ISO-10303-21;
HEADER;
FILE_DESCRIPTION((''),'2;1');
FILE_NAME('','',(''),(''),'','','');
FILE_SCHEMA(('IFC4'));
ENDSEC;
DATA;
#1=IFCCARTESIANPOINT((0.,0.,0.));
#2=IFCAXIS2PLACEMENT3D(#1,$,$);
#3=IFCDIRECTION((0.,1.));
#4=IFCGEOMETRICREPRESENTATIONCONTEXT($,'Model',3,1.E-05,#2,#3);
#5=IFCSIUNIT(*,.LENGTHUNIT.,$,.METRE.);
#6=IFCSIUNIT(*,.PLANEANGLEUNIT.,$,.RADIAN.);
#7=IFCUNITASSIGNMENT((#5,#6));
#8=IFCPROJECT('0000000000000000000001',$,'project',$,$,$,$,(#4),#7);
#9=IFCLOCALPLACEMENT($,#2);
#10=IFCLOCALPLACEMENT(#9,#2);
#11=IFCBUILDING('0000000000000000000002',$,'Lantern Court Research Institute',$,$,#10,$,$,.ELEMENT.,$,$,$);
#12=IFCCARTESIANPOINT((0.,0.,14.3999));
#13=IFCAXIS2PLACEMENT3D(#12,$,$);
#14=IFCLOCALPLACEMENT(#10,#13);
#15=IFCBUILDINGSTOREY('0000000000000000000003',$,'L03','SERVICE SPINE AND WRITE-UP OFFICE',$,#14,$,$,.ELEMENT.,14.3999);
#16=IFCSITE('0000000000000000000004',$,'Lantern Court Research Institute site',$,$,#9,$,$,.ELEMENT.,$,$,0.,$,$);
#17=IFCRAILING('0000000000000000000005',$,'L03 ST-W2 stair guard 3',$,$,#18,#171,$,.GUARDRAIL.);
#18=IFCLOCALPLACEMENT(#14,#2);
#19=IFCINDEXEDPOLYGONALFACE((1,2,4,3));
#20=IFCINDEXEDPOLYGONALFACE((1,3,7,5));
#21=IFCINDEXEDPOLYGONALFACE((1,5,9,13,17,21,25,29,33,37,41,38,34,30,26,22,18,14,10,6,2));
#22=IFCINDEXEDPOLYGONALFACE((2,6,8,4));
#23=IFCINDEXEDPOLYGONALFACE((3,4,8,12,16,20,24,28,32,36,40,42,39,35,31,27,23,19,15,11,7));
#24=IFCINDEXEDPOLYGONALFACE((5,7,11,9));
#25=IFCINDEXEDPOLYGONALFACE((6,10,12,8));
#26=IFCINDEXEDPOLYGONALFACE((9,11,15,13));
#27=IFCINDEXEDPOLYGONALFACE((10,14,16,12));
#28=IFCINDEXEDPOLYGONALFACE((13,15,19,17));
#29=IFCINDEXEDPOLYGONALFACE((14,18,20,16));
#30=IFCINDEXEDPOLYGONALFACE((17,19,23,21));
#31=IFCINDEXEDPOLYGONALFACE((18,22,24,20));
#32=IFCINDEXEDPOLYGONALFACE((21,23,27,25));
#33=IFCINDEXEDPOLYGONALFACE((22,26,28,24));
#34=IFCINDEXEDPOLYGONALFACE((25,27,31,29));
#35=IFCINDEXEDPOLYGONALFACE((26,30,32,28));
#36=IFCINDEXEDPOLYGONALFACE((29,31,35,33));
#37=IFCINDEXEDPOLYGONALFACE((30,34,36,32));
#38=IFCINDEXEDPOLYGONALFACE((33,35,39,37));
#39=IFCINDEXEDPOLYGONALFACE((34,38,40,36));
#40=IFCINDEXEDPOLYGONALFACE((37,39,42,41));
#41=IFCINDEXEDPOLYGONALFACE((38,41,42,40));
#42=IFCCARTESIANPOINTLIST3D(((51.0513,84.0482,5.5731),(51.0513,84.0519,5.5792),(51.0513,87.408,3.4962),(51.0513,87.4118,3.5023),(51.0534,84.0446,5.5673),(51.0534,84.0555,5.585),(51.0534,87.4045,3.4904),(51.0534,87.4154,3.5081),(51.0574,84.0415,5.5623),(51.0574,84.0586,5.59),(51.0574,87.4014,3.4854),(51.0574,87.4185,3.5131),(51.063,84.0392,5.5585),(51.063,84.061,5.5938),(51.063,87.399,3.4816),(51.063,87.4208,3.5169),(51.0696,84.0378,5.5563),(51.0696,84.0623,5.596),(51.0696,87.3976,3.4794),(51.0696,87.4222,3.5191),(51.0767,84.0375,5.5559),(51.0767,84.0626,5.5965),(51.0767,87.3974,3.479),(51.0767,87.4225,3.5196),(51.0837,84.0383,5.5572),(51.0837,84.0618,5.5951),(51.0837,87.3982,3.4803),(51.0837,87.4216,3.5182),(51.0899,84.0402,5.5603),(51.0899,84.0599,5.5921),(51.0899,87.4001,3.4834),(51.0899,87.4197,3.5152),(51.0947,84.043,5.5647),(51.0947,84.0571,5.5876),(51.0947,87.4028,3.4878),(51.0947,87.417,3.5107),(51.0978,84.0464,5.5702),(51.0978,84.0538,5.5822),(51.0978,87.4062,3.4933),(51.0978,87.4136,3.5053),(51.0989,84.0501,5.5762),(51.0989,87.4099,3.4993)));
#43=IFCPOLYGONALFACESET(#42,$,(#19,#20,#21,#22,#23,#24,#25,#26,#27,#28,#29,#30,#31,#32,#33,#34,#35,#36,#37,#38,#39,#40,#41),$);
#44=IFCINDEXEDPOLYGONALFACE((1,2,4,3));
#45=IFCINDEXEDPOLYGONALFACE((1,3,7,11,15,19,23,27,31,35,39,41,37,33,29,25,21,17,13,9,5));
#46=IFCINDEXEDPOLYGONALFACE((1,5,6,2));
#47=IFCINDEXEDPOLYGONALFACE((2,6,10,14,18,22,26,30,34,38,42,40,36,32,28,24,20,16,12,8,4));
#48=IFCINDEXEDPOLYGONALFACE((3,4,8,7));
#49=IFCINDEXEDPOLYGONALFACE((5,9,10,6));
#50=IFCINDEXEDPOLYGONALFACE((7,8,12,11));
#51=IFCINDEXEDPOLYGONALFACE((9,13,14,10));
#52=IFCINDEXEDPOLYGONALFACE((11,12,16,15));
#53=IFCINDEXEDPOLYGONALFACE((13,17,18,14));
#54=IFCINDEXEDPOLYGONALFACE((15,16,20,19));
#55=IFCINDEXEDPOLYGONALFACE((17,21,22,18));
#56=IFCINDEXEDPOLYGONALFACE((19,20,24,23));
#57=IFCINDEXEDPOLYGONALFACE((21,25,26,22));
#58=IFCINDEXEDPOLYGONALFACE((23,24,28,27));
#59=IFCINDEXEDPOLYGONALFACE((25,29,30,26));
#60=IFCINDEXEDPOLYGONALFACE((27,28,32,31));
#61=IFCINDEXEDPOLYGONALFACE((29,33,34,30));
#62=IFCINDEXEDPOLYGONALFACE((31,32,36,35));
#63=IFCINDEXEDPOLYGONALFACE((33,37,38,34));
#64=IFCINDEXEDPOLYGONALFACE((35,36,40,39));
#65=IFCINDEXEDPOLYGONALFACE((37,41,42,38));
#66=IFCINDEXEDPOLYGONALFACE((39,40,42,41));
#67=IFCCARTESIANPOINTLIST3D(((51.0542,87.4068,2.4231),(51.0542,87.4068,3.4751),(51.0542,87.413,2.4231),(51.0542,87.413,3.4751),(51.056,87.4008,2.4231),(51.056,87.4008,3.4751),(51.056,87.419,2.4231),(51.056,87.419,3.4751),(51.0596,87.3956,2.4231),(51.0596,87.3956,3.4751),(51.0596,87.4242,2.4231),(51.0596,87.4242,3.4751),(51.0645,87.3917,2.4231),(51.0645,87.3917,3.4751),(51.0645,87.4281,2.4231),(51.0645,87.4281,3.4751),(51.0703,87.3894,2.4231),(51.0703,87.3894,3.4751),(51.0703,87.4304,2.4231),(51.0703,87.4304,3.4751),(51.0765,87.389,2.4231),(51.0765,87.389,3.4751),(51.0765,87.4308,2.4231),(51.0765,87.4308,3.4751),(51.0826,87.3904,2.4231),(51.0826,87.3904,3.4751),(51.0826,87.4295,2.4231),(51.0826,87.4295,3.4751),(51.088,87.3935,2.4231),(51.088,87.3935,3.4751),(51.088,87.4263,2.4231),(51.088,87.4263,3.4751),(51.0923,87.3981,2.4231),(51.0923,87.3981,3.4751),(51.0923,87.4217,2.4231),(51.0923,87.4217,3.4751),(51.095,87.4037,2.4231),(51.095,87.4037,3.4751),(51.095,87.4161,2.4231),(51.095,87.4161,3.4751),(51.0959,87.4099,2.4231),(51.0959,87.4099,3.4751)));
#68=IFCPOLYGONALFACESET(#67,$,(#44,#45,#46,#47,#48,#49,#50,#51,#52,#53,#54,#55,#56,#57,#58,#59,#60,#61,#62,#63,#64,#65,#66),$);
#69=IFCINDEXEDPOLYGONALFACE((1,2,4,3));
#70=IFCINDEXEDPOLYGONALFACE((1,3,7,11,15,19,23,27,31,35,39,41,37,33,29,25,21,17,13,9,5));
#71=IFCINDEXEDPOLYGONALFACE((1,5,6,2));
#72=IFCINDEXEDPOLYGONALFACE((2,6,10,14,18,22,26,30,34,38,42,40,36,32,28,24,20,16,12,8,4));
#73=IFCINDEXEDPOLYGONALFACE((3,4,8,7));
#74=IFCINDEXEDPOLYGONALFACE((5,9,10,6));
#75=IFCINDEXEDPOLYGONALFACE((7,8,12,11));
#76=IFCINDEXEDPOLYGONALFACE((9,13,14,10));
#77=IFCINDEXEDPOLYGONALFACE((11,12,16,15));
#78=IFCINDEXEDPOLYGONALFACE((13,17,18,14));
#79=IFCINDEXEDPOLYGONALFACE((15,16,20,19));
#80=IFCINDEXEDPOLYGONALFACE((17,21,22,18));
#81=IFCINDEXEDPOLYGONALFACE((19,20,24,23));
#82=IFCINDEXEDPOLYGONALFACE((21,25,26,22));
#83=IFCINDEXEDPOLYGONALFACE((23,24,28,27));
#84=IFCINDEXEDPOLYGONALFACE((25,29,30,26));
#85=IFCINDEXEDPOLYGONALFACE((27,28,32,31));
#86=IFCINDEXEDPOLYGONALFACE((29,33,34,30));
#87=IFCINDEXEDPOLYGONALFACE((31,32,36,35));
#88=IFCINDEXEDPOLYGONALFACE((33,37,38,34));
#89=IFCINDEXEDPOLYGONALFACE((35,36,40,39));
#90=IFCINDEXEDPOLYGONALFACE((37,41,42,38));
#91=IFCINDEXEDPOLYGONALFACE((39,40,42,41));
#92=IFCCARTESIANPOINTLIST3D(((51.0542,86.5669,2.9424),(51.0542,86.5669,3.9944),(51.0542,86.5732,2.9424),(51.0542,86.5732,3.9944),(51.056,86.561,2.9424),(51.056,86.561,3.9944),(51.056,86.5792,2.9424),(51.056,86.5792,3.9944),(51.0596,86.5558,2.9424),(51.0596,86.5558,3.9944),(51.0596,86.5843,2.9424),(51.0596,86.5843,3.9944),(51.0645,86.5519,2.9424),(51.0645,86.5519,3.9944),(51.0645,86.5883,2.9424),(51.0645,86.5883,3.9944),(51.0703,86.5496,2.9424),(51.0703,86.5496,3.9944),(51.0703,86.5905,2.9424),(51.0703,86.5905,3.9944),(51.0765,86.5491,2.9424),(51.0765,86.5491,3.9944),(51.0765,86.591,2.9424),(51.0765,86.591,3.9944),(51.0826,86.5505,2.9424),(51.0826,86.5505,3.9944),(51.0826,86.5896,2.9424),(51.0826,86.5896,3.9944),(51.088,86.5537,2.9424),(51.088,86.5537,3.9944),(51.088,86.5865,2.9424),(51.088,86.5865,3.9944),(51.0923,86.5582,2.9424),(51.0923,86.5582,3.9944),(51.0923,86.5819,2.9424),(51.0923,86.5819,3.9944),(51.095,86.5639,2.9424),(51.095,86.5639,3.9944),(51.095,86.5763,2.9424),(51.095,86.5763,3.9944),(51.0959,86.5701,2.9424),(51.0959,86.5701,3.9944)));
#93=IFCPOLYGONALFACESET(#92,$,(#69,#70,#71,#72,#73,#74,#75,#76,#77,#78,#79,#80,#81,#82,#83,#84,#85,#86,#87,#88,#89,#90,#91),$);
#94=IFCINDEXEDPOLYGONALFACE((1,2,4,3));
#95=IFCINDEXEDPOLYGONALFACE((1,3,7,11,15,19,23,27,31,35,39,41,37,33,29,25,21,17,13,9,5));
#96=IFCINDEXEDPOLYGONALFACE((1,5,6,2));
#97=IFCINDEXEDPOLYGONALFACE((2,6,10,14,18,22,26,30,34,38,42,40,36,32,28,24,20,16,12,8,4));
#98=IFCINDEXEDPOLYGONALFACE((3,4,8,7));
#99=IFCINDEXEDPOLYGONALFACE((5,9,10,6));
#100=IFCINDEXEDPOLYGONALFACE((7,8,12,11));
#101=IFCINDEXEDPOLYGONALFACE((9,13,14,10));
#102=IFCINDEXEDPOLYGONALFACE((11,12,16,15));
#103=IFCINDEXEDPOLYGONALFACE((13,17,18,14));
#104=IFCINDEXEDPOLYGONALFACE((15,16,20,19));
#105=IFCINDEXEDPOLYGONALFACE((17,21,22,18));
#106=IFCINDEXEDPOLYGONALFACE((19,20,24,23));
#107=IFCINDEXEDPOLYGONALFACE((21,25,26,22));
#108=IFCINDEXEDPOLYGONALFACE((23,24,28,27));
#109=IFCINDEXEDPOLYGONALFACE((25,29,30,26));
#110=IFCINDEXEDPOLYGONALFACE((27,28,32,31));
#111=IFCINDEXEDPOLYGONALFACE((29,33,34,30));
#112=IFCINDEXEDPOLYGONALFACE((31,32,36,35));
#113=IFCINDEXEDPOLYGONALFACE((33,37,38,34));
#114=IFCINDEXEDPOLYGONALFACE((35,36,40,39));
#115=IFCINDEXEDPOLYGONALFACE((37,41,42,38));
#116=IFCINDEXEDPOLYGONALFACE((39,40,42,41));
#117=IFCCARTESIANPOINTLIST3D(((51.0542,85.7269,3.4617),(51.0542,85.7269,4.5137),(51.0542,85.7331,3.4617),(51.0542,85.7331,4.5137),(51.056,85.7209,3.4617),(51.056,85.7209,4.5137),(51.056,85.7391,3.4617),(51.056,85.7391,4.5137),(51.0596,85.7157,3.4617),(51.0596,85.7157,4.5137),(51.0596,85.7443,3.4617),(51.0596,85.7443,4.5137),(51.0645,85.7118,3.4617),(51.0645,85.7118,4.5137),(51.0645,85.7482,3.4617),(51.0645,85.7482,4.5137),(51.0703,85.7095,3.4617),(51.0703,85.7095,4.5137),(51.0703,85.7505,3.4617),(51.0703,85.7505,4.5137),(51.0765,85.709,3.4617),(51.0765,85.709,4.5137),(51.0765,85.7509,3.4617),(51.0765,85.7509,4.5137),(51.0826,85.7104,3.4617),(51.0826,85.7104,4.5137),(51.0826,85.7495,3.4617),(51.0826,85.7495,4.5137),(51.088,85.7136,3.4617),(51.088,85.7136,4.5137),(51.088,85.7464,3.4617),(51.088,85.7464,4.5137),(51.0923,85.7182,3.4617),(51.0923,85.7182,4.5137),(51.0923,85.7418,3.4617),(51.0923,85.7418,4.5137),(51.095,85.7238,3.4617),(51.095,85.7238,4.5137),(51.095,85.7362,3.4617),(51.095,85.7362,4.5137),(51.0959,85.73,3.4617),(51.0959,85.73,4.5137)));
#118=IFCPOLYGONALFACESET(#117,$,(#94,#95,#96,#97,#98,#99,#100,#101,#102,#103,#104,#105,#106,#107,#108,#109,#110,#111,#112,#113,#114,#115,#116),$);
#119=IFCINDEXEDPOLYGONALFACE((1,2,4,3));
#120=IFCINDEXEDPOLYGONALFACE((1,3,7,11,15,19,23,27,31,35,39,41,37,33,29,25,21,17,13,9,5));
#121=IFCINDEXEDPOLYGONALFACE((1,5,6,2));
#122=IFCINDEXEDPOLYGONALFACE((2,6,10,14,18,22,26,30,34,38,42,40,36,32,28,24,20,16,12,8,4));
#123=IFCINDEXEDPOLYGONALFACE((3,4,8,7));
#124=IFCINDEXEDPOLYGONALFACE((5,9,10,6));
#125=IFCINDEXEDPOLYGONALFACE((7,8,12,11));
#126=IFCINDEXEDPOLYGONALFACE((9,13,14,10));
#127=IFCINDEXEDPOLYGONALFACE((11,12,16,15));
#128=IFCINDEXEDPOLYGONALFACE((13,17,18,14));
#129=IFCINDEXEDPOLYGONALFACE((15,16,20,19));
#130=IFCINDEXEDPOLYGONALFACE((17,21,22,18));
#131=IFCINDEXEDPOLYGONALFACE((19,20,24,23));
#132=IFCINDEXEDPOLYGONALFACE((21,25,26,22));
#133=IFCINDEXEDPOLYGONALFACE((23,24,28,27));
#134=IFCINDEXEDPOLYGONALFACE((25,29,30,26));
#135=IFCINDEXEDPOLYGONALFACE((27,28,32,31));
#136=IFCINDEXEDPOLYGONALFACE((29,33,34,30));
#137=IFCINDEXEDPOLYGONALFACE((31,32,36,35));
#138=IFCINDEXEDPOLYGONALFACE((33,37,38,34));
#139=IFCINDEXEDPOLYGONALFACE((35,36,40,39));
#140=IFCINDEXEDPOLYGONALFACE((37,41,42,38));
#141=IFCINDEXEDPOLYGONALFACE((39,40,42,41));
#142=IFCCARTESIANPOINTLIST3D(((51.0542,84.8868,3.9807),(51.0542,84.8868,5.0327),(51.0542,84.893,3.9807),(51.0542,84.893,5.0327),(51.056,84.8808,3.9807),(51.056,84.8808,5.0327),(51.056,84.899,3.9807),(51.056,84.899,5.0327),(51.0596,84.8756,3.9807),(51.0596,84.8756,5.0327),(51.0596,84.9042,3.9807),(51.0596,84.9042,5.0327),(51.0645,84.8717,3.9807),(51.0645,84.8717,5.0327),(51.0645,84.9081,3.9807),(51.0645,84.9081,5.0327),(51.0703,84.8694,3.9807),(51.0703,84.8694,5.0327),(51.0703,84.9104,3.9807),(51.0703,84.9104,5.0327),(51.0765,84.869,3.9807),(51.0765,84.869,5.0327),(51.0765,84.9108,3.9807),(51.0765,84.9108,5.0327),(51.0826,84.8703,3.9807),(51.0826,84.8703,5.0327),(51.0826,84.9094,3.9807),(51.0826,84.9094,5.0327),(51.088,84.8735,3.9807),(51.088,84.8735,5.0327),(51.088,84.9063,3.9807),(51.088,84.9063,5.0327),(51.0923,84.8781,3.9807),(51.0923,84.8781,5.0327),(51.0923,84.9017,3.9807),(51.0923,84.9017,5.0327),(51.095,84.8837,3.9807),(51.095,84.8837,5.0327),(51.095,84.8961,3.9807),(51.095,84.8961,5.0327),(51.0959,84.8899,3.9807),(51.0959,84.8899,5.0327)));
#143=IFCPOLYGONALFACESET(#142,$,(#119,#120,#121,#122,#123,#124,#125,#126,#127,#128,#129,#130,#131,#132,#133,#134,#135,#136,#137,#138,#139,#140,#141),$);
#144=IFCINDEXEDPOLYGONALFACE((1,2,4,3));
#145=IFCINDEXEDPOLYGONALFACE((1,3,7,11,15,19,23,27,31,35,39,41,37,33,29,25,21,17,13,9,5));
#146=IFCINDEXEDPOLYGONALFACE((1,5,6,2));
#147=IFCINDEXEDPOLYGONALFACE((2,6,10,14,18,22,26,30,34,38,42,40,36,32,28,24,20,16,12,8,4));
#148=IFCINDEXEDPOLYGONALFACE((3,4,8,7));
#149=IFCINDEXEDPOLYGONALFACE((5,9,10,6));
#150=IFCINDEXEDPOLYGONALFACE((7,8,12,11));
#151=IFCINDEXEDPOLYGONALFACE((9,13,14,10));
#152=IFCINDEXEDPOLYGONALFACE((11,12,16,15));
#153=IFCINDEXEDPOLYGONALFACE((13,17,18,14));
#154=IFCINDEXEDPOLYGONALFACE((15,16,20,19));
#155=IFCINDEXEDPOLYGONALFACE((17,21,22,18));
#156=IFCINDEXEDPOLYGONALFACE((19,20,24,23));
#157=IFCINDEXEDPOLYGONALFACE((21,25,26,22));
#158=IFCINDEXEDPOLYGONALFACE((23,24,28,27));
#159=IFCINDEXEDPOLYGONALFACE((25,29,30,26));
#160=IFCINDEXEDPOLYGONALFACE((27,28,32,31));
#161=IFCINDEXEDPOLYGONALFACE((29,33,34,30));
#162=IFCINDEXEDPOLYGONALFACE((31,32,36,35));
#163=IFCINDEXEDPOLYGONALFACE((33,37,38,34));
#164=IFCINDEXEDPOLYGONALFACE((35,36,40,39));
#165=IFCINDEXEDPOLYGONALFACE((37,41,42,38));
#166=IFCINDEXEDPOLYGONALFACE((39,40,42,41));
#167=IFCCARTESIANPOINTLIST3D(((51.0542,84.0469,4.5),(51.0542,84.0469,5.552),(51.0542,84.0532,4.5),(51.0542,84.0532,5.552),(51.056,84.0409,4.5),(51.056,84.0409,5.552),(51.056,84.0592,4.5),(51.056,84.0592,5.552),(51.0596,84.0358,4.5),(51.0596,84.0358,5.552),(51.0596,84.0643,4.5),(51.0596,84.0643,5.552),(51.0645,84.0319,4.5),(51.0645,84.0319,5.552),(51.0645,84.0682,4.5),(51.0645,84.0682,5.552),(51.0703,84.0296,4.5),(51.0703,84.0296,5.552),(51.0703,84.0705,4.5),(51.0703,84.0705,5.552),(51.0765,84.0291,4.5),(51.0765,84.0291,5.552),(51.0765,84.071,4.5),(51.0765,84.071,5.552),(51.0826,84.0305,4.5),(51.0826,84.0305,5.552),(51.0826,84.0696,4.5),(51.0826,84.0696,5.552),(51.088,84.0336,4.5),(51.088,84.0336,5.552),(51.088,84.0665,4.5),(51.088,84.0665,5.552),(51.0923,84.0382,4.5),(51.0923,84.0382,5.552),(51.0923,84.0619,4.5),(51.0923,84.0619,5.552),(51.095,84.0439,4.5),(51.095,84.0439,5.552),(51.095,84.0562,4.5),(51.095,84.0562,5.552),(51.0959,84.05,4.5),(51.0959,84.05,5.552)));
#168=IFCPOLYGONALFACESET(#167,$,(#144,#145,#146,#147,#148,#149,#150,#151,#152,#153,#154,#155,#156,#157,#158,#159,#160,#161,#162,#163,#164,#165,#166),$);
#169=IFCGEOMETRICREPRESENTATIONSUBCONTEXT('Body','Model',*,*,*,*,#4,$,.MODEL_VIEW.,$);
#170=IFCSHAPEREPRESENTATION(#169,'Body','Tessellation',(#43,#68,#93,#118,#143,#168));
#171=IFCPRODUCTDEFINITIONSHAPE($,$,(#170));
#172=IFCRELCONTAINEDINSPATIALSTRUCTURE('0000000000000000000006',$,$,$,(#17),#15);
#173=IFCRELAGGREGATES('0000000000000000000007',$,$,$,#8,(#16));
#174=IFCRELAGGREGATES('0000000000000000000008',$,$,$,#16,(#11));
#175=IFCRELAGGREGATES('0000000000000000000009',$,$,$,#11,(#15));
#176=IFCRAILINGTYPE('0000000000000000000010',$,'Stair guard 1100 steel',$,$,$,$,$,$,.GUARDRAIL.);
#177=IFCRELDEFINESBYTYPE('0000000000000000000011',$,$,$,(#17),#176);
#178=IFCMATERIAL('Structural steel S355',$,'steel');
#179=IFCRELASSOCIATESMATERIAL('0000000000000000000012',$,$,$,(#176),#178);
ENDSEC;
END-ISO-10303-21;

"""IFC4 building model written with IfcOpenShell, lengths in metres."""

from ifc_helpers import new_model, si_unit, direction, frame, origin, origin_2d, place, context, subcontext, project, spatial, circle, extrude, material, type_object, element, save


model = new_model("IFC4")

# Units and contexts
model_context = context("Model", 3, precision=1e-05, world=origin(), true_north=direction((0.0, 1.0)))
body_context = subcontext(model_context, "Body", "Model", "MODEL_VIEW")
ifc_project = project(units=[si_unit("LENGTHUNIT", "METRE"), si_unit("PLANEANGLEUNIT", "RADIAN")], contexts=[model_context])

# Site, building, storey
site_placement = place(None, origin())
site = spatial("IfcSite", under=ifc_project, at=site_placement, Name="Lantern Court Research Institute site", CompositionType="ELEMENT", RefElevation=0.0)
building_placement = place(site_placement, origin())
building = spatial("IfcBuilding", under=site, at=building_placement, Name="Lantern Court Research Institute", CompositionType="ELEMENT")
storey_placement = place(building_placement, frame((0.0, 0.0, 14.3999)))
storey = spatial("IfcBuildingStorey", under=building, at=storey_placement, Name="L03", Description="SERVICE SPINE AND WRITE-UP OFFICE", CompositionType="ELEMENT", Elevation=14.3999)

# Railing
ifc_material_1 = material(Name="Structural steel S355", Category="steel")
railing_type_1 = type_object("IfcRailingType", Name="Stair guard 1100 steel", PredefinedType="GUARDRAIL", material=ifc_material_1)
railing_1_placement = place(storey_placement, frame((51.075, 87.4099, 2.4231)))
element("IfcRailing", 1, at=railing_1_placement, inside=storey, type_object=railing_type_1, Name="L03 ST-W2 stair guard 3", PredefinedType="GUARDRAIL", context=body_context, shape_type="SweptSolid", body=[
    extrude(circle(Radius=0.0239, at=origin_2d()), frame((0.0, 0.0, 1.0762), z_axis=(0.0, -0.850606, 0.525803), x_axis=(1.0, 0.0, 0.0)), (0.0, 0.0, 1.0), 3.95),
    extrude(circle(Radius=0.021, at=origin_2d()), origin(), (0.0, 0.0, 1.0), 1.052),
    extrude(circle(Radius=0.021, at=origin_2d()), frame((0.0, -0.8398, 0.5193)), (0.0, 0.0, 1.0), 1.052),
    extrude(circle(Radius=0.021, at=origin_2d()), frame((0.0, -1.6799, 1.0386)), (0.0, 0.0, 1.0), 1.052),
    extrude(circle(Radius=0.021, at=origin_2d()), frame((0.0, -2.52, 1.5576)), (0.0, 0.0, 1.0), 1.052),
    extrude(circle(Radius=0.021, at=origin_2d()), frame((0.0, -3.3599, 2.0769)), (0.0, 0.0, 1.0), 1.052),
])

save(model, "model.ifc")
